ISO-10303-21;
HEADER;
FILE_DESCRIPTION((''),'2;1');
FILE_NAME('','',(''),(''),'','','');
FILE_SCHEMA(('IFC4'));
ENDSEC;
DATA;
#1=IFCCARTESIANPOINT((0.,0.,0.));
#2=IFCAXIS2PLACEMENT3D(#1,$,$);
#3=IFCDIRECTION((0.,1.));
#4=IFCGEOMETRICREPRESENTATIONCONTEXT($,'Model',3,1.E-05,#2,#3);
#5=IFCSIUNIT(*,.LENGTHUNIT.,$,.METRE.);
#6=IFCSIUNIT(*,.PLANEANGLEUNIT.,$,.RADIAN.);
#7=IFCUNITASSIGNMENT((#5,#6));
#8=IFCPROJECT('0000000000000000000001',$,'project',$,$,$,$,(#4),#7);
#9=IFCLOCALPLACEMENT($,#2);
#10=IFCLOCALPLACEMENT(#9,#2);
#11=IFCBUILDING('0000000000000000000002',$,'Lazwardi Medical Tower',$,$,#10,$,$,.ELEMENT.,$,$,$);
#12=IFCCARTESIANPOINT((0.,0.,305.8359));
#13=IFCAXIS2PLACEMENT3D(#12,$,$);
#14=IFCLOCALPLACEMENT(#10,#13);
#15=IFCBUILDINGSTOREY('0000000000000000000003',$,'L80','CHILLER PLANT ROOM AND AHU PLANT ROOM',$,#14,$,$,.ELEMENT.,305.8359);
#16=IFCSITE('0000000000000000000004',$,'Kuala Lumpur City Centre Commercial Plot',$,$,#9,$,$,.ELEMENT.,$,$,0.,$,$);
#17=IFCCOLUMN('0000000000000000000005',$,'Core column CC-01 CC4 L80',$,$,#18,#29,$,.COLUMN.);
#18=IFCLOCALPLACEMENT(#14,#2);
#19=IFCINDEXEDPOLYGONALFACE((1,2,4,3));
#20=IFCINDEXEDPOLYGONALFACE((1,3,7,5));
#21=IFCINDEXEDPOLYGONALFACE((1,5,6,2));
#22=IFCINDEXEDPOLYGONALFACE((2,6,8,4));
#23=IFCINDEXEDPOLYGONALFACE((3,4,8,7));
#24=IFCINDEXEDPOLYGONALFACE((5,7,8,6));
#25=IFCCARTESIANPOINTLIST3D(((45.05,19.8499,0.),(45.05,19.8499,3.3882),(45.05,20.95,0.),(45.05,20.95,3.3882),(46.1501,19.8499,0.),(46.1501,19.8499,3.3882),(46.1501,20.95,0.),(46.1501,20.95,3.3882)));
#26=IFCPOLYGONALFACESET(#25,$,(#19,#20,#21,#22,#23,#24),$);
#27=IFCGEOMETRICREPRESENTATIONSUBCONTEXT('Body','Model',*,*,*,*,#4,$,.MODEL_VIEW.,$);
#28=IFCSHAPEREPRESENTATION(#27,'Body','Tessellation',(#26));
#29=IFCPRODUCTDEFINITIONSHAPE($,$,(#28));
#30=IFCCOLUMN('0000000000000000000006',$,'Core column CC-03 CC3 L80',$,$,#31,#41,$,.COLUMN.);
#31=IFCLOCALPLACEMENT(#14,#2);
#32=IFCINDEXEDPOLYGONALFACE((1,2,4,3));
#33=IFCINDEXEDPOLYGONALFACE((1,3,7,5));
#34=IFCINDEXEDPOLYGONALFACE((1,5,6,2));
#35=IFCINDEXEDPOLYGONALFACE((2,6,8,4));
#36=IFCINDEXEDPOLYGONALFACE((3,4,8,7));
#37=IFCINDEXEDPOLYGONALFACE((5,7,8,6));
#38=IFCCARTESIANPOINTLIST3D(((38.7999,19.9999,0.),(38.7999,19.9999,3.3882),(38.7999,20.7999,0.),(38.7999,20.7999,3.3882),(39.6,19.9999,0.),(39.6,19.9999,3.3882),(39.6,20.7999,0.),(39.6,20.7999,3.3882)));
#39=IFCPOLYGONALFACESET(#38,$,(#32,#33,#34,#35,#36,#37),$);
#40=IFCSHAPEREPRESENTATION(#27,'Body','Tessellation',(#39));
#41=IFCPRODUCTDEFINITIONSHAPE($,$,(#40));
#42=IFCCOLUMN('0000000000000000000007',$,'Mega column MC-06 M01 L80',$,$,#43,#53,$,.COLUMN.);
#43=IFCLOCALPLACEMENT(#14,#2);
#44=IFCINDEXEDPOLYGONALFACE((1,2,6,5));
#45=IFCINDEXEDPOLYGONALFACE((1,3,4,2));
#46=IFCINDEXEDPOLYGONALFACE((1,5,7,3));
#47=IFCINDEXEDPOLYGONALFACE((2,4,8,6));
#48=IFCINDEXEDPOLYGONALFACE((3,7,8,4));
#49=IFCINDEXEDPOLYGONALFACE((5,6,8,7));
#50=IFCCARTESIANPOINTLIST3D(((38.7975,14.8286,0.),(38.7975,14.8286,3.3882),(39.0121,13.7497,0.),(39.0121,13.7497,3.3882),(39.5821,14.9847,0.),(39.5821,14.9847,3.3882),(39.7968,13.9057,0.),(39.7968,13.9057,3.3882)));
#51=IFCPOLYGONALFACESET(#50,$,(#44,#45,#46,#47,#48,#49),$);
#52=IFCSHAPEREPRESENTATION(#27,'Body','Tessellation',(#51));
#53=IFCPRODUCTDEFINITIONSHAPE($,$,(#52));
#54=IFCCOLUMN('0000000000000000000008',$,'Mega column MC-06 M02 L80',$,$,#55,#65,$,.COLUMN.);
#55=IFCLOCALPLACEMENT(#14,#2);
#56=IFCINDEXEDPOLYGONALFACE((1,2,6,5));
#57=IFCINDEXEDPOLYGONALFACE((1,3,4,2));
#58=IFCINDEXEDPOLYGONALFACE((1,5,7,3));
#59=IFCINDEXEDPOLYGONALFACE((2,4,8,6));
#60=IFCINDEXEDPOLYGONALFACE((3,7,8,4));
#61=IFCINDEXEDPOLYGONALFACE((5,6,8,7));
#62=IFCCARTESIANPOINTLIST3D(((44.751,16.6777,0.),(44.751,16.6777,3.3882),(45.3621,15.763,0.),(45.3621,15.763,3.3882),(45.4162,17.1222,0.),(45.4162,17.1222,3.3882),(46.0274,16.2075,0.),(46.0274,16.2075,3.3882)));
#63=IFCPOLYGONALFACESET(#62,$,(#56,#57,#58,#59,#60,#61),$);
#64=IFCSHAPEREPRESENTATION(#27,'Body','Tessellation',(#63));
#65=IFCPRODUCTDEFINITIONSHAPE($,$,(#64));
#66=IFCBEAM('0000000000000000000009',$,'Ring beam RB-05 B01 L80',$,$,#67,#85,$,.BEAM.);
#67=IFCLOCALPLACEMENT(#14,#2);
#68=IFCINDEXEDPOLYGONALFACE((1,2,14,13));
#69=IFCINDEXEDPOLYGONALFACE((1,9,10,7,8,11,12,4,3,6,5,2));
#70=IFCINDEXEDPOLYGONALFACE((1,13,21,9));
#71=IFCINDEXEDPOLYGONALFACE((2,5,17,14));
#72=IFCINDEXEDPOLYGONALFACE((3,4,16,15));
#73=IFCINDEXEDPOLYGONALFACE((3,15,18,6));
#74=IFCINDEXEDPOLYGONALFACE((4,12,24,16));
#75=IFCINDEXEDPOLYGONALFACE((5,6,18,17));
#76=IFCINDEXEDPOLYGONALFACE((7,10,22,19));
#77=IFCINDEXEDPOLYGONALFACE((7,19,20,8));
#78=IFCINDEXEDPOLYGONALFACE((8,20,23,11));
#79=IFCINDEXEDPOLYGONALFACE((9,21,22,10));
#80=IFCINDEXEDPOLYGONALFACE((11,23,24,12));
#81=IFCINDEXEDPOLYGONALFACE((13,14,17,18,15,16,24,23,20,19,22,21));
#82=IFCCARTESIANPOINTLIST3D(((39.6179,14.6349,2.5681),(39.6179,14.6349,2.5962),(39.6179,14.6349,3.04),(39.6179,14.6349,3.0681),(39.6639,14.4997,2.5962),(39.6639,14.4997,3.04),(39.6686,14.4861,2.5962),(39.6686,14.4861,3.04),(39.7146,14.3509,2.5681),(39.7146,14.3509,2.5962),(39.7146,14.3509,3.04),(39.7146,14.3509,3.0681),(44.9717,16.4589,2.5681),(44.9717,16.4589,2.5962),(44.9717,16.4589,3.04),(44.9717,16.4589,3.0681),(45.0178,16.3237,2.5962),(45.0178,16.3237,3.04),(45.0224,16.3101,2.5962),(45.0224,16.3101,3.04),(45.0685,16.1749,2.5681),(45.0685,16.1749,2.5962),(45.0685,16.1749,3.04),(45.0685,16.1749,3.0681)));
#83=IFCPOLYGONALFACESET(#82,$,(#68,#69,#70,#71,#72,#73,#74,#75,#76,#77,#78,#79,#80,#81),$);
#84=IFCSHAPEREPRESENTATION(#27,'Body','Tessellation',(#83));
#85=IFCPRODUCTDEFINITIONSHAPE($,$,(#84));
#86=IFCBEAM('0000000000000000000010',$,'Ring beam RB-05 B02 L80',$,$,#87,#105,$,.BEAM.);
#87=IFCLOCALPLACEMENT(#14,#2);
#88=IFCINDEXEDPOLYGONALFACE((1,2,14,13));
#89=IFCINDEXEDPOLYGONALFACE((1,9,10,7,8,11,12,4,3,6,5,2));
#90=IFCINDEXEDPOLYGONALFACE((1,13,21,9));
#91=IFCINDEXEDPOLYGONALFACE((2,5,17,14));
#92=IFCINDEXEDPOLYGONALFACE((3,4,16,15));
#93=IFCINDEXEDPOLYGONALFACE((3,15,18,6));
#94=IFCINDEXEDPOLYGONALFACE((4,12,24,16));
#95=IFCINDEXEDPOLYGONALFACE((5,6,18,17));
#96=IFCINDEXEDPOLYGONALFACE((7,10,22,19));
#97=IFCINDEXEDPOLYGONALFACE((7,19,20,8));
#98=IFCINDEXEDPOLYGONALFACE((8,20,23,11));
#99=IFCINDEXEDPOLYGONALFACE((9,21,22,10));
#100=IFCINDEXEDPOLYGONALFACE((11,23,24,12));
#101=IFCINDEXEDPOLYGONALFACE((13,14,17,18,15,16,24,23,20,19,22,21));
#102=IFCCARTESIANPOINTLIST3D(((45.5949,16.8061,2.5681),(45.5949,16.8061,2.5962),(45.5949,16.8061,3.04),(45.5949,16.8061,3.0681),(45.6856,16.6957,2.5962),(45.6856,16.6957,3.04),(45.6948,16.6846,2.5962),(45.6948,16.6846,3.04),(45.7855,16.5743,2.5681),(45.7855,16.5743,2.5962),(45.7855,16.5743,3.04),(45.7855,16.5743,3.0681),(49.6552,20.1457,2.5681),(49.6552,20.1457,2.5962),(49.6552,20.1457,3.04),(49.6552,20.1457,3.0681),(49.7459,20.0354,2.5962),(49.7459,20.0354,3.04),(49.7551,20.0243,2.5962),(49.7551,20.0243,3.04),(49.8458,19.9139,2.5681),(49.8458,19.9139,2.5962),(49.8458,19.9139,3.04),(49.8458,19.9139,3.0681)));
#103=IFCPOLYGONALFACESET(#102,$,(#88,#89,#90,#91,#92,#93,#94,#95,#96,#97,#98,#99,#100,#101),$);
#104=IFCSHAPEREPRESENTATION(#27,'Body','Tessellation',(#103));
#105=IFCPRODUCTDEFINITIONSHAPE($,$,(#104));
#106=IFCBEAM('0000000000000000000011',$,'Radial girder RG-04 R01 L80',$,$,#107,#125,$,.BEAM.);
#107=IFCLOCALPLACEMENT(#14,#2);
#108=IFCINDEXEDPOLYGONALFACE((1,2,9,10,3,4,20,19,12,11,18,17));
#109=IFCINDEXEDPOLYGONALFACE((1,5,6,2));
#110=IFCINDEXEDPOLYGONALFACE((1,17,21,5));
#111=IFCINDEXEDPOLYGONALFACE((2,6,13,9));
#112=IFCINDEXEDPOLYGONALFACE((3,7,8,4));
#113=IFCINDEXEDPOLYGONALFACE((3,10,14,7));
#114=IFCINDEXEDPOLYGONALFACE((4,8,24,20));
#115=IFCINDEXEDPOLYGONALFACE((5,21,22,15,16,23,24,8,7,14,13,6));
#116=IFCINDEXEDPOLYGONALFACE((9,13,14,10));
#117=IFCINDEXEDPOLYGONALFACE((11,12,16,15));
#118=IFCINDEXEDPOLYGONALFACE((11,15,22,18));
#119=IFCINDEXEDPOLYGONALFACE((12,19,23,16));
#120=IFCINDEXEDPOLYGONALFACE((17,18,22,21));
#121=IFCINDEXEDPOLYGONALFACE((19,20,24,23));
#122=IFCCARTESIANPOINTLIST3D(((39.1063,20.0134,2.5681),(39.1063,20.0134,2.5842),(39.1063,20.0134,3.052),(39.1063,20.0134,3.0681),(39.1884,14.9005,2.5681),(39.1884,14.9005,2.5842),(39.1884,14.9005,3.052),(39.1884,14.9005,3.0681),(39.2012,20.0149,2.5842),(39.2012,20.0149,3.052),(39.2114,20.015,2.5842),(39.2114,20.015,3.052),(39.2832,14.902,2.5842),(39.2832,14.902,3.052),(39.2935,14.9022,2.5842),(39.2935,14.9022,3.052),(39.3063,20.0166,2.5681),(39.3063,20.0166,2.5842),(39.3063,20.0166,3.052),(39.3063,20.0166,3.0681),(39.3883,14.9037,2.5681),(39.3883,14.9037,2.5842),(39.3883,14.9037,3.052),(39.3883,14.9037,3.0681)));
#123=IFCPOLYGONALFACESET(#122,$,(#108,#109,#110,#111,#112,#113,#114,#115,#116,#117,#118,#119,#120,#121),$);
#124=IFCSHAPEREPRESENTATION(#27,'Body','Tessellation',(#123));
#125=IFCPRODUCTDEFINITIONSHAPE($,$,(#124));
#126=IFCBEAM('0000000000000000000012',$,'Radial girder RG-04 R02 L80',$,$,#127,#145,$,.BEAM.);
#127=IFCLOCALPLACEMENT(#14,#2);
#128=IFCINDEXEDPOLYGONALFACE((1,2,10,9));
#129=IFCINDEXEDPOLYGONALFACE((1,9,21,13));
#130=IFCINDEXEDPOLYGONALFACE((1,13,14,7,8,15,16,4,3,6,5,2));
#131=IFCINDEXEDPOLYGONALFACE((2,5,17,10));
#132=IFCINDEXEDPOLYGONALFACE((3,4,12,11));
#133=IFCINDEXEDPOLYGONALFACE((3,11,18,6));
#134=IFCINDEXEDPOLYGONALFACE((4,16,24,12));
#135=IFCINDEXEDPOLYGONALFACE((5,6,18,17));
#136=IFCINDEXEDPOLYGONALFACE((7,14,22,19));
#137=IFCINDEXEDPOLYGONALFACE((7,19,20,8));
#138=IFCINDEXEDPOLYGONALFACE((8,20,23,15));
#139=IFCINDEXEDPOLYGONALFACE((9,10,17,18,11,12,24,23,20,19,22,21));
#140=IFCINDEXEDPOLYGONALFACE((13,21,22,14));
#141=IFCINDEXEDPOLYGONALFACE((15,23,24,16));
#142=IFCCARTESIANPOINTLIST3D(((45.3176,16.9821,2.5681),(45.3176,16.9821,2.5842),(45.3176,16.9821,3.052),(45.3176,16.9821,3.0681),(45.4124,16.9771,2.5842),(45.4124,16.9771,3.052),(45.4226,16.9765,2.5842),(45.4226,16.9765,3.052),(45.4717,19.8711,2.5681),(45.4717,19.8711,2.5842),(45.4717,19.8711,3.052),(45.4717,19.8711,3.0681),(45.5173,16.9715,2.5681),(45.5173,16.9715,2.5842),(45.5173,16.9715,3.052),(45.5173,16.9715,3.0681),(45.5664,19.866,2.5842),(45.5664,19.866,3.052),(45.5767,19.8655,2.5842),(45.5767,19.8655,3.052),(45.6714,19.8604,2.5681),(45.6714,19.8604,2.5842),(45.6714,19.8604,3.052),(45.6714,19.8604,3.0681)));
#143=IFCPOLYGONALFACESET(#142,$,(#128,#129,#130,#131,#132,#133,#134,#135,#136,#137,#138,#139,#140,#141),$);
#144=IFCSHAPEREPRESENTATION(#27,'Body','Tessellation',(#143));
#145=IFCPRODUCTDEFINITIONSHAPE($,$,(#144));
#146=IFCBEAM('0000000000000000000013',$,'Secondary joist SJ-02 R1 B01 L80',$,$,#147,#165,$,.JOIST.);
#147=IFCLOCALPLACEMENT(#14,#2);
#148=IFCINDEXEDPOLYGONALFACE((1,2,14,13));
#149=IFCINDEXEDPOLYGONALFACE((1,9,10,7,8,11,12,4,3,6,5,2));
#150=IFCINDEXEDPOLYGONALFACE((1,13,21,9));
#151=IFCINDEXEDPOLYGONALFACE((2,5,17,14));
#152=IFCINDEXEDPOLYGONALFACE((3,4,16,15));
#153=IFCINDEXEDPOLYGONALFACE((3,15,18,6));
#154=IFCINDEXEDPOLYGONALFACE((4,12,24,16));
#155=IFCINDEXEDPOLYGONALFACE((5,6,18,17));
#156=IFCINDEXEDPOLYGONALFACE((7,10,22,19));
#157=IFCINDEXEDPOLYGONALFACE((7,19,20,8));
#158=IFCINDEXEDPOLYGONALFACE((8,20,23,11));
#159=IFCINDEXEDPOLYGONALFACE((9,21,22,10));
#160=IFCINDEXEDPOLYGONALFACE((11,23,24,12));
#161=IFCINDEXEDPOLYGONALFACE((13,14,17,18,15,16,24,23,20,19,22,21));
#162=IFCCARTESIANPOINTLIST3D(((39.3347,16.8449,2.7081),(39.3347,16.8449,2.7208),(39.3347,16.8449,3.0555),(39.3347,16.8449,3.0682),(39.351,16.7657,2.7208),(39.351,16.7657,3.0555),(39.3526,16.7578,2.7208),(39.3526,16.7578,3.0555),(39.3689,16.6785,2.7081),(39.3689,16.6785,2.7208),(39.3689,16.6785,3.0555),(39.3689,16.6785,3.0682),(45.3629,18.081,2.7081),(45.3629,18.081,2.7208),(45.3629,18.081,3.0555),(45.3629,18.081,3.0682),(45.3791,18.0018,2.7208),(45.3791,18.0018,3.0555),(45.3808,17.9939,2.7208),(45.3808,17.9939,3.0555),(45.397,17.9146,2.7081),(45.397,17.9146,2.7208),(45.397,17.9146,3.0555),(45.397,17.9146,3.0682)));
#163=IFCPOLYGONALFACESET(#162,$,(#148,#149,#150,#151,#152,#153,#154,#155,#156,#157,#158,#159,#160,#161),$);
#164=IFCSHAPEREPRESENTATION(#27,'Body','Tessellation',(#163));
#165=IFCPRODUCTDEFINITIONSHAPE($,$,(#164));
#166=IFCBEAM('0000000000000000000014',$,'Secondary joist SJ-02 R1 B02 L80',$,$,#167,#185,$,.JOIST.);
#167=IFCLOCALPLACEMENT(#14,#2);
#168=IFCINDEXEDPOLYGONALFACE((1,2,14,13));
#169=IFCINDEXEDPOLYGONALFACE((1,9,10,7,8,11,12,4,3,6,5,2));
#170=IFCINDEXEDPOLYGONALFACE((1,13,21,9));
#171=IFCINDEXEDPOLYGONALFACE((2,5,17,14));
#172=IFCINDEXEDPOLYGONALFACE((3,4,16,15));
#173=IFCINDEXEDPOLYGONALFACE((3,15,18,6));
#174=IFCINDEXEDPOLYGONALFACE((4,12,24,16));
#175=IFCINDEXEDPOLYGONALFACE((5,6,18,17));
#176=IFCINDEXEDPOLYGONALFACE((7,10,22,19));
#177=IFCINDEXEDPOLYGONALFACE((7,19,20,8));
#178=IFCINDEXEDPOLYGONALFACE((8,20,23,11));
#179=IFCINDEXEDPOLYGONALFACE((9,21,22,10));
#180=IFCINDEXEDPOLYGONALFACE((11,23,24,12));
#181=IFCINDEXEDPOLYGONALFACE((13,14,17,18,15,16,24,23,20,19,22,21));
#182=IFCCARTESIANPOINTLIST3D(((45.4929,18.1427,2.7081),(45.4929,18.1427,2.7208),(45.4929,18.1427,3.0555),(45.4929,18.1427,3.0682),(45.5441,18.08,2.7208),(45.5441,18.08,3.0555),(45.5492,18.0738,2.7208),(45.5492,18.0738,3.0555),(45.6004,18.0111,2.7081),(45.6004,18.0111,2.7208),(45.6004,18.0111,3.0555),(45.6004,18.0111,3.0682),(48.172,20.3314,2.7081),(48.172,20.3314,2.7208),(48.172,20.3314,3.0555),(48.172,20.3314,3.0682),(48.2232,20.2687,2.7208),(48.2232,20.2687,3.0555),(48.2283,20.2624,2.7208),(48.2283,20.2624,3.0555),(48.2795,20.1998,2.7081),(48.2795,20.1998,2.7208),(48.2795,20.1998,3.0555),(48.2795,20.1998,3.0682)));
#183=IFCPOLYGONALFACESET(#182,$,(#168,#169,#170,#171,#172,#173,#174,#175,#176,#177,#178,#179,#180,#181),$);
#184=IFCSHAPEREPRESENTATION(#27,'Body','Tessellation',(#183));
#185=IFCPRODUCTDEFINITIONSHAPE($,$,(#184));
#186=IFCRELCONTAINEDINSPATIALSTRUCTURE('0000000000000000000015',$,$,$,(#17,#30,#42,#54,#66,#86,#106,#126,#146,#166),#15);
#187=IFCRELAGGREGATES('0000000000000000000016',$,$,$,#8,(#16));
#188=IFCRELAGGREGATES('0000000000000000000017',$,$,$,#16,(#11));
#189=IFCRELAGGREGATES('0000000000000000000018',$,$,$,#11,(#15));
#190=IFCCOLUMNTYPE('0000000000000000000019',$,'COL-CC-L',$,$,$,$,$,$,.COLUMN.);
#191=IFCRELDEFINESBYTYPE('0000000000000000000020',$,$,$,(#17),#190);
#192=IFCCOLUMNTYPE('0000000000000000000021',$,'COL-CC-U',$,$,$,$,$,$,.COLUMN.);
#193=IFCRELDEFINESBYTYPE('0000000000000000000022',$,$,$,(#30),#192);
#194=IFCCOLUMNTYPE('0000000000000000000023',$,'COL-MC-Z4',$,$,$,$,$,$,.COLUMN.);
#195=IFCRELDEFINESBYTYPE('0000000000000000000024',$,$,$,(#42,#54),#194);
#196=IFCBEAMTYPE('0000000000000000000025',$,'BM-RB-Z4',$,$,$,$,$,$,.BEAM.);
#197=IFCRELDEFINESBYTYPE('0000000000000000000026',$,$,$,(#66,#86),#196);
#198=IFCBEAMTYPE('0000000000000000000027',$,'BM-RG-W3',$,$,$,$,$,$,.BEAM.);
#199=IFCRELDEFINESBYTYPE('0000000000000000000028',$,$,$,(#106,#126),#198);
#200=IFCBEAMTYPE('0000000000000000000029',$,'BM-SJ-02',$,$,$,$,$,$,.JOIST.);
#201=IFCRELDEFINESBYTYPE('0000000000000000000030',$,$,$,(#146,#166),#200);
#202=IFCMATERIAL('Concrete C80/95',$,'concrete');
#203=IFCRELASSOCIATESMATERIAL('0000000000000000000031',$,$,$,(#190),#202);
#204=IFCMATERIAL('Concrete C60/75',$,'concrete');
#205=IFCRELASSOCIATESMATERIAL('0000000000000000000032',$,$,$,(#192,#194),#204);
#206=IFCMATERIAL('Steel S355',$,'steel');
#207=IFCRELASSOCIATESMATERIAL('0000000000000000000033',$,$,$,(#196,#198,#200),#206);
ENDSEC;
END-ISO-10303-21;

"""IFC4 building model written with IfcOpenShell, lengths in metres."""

from ifc_helpers import new_model, si_unit, direction, frame, origin, origin_2d, place, context, subcontext, project, spatial, rectangle, i_section, extrude, material, material_profile, profile_set, type_object, element, save


model = new_model("IFC4")

# Units and contexts
model_context = context("Model", 3, precision=1e-05, world=origin(), true_north=direction((0.0, 1.0)))
body_context = subcontext(model_context, "Body", "Model", "MODEL_VIEW")
ifc_project = project(units=[si_unit("LENGTHUNIT", "METRE"), si_unit("PLANEANGLEUNIT", "RADIAN")], contexts=[model_context])

# Site, building, storey
site_placement = place(None, origin())
site = spatial("IfcSite", under=ifc_project, at=site_placement, Name="Kuala Lumpur City Centre Commercial Plot", CompositionType="ELEMENT", RefElevation=0.0)
building_placement = place(site_placement, origin())
building = spatial("IfcBuilding", under=site, at=building_placement, Name="Lazwardi Medical Tower", CompositionType="ELEMENT")
storey_placement = place(building_placement, frame((0.0, 0.0, 305.8359)))
storey = spatial("IfcBuildingStorey", under=building, at=storey_placement, Name="L80", Description="CHILLER PLANT ROOM AND AHU PLANT ROOM", CompositionType="ELEMENT", Elevation=305.8359)

# Columns
ifc_material_1 = material(Name="Concrete C80/95", Category="concrete")
ifc_material_profile_1 = material_profile(ifc_material_1, rectangle(XDim=1.1001, YDim=1.1001, at=origin_2d()), Name="RC 1100x1100")
ifc_profile_set_1 = profile_set([ifc_material_profile_1], Name="Concrete C80/95")
column_type_1 = type_object("IfcColumnType", Name="COL-CC-L", PredefinedType="COLUMN", material=ifc_profile_set_1)
column_1_placement = place(storey_placement, frame((45.6001, 20.3999, 0.0), z_axis=(0.0, 0.0, 1.0), x_axis=(1.0, 0.0, 0.0)))
element("IfcColumn", 1, at=column_1_placement, inside=storey, type_object=column_type_1, Name="Core column CC-01 CC4 L80", PredefinedType="COLUMN", context=body_context, shape_type="SweptSolid", body=[
    extrude(rectangle(XDim=1.1001, YDim=1.1001, at=origin_2d()), origin(), (0.0, 0.0, 1.0), 3.3882),
])
ifc_material_2 = material(Name="Concrete C60/75", Category="concrete")
ifc_material_profile_2 = material_profile(ifc_material_2, rectangle(XDim=0.8, YDim=0.8, at=origin_2d()), Name="RC 800x800")
ifc_profile_set_2 = profile_set([ifc_material_profile_2], Name="Concrete C60/75")
column_type_2 = type_object("IfcColumnType", Name="COL-CC-U", PredefinedType="COLUMN", material=ifc_profile_set_2)
column_2_placement = place(storey_placement, frame((39.2, 20.3999, 0.0), z_axis=(0.0, 0.0, 1.0), x_axis=(1.0, 0.0, 0.0)))
element("IfcColumn", 2, at=column_2_placement, inside=storey, type_object=column_type_2, Name="Core column CC-03 CC3 L80", PredefinedType="COLUMN", context=body_context, shape_type="SweptSolid", body=[
    extrude(rectangle(XDim=0.8, YDim=0.8, at=origin_2d()), origin(), (0.0, 0.0, 1.0), 3.3882),
])
ifc_material_profile_3 = material_profile(ifc_material_2, rectangle(XDim=1.1001, YDim=0.8, at=origin_2d()), Name="CFT-RECT 1100x800")
ifc_profile_set_3 = profile_set([ifc_material_profile_3], Name="Concrete C60/75")
column_type_3 = type_object("IfcColumnType", Name="COL-MC-Z4", PredefinedType="COLUMN", material=ifc_profile_set_3)
for number, where, z_axis, x_axis, name in (
    (3, (39.2971, 14.3672, 0.0), (0.0, 0.0, 1.0), (0.19509, -0.980785, 0.0), "Mega column MC-06 M01 L80"),
    (4, (45.3892, 16.4426, 0.0), (0.0, 0.0, 1.0), (0.55557, -0.83147, 0.0), "Mega column MC-06 M02 L80"),
):
    element("IfcColumn", number, at=place(storey_placement, frame(where, z_axis=z_axis, x_axis=x_axis)), inside=storey, type_object=column_type_3, Name=name, PredefinedType="COLUMN", context=body_context, shape_type="SweptSolid", body=[
        extrude(rectangle(XDim=1.1001, YDim=0.8, at=origin_2d()), origin(), (0.0, 0.0, 1.0), 3.3882),
    ])

# Beams
ifc_material_3 = material(Name="Steel S355", Category="steel")
ifc_material_profile_4 = material_profile(ifc_material_3, i_section(OverallWidth=0.3, OverallDepth=0.5, WebThickness=0.0144, FlangeThickness=0.0281, at=origin_2d()), Name="HEB 500")
ifc_profile_set_4 = profile_set([ifc_material_profile_4], Name="Steel S355")
beam_type_1 = type_object("IfcBeamType", Name="BM-RB-Z4", PredefinedType="BEAM", material=ifc_profile_set_4)
beam_1_placement = place(storey_placement, frame((39.6663, 14.4929, 2.8181), z_axis=(0.946573, 0.322488, 0.0), x_axis=(-0.322488, 0.946573, 0.0)))
element("IfcBeam", 5, at=beam_1_placement, inside=storey, type_object=beam_type_1, Name="Ring beam RB-05 B01 L80", PredefinedType="BEAM", context=body_context, shape_type="SweptSolid", body=[
    extrude(i_section(OverallWidth=0.3, OverallDepth=0.5, WebThickness=0.0144, FlangeThickness=0.0281, at=origin_2d()), origin(), (0.0, 0.0, 1.0), 5.656),
])
beam_2_placement = place(storey_placement, frame((45.6902, 16.6902, 2.8181), z_axis=(0.77232, 0.635233, 0.0), x_axis=(-0.635233, 0.77232, 0.0)))
element("IfcBeam", 6, at=beam_2_placement, inside=storey, type_object=beam_type_1, Name="Ring beam RB-05 B02 L80", PredefinedType="BEAM", context=body_context, shape_type="SweptSolid", body=[
    extrude(i_section(OverallWidth=0.3, OverallDepth=0.5, WebThickness=0.0144, FlangeThickness=0.0281, at=origin_2d()), origin(), (0.0, 0.0, 1.0), 5.2573),
])
ifc_material_profile_5 = material_profile(ifc_material_3, i_section(OverallWidth=0.2, OverallDepth=0.5, WebThickness=0.0103, FlangeThickness=0.0161, at=origin_2d()), Name="IPE 500")
ifc_profile_set_5 = profile_set([ifc_material_profile_5], Name="Steel S355")
beam_type_2 = type_object("IfcBeamType", Name="BM-RG-W3", PredefinedType="BEAM", material=ifc_profile_set_5)
beam_3_placement = place(storey_placement, frame((39.2883, 14.9021, 2.8181), z_axis=(-0.016042, 0.999871, 0.0), x_axis=(-0.999871, -0.016042, 0.0)))
element("IfcBeam", 7, at=beam_3_placement, inside=storey, type_object=beam_type_2, Name="Radial girder RG-04 R01 L80", PredefinedType="BEAM", context=body_context, shape_type="SweptSolid", body=[
    extrude(i_section(OverallWidth=0.2, OverallDepth=0.5, WebThickness=0.0103, FlangeThickness=0.0161, at=origin_2d()), origin(), (0.0, 0.0, 1.0), 5.1135),
])
beam_4_placement = place(storey_placement, frame((45.4175, 16.9768, 2.8181), z_axis=(0.05325, 0.998581, 0.0), x_axis=(-0.998581, 0.05325, 0.0)))
element("IfcBeam", 8, at=beam_4_placement, inside=storey, type_object=beam_type_2, Name="Radial girder RG-04 R02 L80", PredefinedType="BEAM", context=body_context, shape_type="SweptSolid", body=[
    extrude(i_section(OverallWidth=0.2, OverallDepth=0.5, WebThickness=0.0103, FlangeThickness=0.0161, at=origin_2d()), origin(), (0.0, 0.0, 1.0), 2.8931),
])
ifc_material_profile_6 = material_profile(ifc_material_3, i_section(OverallWidth=0.1699, OverallDepth=0.3601, WebThickness=0.0081, FlangeThickness=0.0127, at=origin_2d()), Name="IPE 360")
ifc_profile_set_6 = profile_set([ifc_material_profile_6], Name="Steel S355")
beam_type_3 = type_object("IfcBeamType", Name="BM-SJ-02", PredefinedType="JOIST", material=ifc_profile_set_6)
beam_5_placement = place(storey_placement, frame((39.3518, 16.7617, 2.8882), z_axis=(0.979617, 0.200875, 0.0), x_axis=(-0.200875, 0.979617, 0.0)))
element("IfcBeam", 9, at=beam_5_placement, inside=storey, type_object=beam_type_3, Name="Secondary joist SJ-02 R1 B01 L80", PredefinedType="JOIST", context=body_context, shape_type="SweptSolid", body=[
    extrude(i_section(OverallWidth=0.1699, OverallDepth=0.3601, WebThickness=0.0081, FlangeThickness=0.0127, at=origin_2d()), origin(), (0.0, 0.0, 1.0), 6.1536),
])
beam_6_placement = place(storey_placement, frame((45.5466, 18.0769, 2.8882), z_axis=(0.774432, 0.632657, 0.0), x_axis=(-0.632657, 0.774432, 0.0)))
element("IfcBeam", 10, at=beam_6_placement, inside=storey, type_object=beam_type_3, Name="Secondary joist SJ-02 R1 B02 L80", PredefinedType="JOIST", context=body_context, shape_type="SweptSolid", body=[
    extrude(i_section(OverallWidth=0.1699, OverallDepth=0.3601, WebThickness=0.0081, FlangeThickness=0.0127, at=origin_2d()), origin(), (0.0, 0.0, 1.0), 3.4595),
])

save(model, "model.ifc")
